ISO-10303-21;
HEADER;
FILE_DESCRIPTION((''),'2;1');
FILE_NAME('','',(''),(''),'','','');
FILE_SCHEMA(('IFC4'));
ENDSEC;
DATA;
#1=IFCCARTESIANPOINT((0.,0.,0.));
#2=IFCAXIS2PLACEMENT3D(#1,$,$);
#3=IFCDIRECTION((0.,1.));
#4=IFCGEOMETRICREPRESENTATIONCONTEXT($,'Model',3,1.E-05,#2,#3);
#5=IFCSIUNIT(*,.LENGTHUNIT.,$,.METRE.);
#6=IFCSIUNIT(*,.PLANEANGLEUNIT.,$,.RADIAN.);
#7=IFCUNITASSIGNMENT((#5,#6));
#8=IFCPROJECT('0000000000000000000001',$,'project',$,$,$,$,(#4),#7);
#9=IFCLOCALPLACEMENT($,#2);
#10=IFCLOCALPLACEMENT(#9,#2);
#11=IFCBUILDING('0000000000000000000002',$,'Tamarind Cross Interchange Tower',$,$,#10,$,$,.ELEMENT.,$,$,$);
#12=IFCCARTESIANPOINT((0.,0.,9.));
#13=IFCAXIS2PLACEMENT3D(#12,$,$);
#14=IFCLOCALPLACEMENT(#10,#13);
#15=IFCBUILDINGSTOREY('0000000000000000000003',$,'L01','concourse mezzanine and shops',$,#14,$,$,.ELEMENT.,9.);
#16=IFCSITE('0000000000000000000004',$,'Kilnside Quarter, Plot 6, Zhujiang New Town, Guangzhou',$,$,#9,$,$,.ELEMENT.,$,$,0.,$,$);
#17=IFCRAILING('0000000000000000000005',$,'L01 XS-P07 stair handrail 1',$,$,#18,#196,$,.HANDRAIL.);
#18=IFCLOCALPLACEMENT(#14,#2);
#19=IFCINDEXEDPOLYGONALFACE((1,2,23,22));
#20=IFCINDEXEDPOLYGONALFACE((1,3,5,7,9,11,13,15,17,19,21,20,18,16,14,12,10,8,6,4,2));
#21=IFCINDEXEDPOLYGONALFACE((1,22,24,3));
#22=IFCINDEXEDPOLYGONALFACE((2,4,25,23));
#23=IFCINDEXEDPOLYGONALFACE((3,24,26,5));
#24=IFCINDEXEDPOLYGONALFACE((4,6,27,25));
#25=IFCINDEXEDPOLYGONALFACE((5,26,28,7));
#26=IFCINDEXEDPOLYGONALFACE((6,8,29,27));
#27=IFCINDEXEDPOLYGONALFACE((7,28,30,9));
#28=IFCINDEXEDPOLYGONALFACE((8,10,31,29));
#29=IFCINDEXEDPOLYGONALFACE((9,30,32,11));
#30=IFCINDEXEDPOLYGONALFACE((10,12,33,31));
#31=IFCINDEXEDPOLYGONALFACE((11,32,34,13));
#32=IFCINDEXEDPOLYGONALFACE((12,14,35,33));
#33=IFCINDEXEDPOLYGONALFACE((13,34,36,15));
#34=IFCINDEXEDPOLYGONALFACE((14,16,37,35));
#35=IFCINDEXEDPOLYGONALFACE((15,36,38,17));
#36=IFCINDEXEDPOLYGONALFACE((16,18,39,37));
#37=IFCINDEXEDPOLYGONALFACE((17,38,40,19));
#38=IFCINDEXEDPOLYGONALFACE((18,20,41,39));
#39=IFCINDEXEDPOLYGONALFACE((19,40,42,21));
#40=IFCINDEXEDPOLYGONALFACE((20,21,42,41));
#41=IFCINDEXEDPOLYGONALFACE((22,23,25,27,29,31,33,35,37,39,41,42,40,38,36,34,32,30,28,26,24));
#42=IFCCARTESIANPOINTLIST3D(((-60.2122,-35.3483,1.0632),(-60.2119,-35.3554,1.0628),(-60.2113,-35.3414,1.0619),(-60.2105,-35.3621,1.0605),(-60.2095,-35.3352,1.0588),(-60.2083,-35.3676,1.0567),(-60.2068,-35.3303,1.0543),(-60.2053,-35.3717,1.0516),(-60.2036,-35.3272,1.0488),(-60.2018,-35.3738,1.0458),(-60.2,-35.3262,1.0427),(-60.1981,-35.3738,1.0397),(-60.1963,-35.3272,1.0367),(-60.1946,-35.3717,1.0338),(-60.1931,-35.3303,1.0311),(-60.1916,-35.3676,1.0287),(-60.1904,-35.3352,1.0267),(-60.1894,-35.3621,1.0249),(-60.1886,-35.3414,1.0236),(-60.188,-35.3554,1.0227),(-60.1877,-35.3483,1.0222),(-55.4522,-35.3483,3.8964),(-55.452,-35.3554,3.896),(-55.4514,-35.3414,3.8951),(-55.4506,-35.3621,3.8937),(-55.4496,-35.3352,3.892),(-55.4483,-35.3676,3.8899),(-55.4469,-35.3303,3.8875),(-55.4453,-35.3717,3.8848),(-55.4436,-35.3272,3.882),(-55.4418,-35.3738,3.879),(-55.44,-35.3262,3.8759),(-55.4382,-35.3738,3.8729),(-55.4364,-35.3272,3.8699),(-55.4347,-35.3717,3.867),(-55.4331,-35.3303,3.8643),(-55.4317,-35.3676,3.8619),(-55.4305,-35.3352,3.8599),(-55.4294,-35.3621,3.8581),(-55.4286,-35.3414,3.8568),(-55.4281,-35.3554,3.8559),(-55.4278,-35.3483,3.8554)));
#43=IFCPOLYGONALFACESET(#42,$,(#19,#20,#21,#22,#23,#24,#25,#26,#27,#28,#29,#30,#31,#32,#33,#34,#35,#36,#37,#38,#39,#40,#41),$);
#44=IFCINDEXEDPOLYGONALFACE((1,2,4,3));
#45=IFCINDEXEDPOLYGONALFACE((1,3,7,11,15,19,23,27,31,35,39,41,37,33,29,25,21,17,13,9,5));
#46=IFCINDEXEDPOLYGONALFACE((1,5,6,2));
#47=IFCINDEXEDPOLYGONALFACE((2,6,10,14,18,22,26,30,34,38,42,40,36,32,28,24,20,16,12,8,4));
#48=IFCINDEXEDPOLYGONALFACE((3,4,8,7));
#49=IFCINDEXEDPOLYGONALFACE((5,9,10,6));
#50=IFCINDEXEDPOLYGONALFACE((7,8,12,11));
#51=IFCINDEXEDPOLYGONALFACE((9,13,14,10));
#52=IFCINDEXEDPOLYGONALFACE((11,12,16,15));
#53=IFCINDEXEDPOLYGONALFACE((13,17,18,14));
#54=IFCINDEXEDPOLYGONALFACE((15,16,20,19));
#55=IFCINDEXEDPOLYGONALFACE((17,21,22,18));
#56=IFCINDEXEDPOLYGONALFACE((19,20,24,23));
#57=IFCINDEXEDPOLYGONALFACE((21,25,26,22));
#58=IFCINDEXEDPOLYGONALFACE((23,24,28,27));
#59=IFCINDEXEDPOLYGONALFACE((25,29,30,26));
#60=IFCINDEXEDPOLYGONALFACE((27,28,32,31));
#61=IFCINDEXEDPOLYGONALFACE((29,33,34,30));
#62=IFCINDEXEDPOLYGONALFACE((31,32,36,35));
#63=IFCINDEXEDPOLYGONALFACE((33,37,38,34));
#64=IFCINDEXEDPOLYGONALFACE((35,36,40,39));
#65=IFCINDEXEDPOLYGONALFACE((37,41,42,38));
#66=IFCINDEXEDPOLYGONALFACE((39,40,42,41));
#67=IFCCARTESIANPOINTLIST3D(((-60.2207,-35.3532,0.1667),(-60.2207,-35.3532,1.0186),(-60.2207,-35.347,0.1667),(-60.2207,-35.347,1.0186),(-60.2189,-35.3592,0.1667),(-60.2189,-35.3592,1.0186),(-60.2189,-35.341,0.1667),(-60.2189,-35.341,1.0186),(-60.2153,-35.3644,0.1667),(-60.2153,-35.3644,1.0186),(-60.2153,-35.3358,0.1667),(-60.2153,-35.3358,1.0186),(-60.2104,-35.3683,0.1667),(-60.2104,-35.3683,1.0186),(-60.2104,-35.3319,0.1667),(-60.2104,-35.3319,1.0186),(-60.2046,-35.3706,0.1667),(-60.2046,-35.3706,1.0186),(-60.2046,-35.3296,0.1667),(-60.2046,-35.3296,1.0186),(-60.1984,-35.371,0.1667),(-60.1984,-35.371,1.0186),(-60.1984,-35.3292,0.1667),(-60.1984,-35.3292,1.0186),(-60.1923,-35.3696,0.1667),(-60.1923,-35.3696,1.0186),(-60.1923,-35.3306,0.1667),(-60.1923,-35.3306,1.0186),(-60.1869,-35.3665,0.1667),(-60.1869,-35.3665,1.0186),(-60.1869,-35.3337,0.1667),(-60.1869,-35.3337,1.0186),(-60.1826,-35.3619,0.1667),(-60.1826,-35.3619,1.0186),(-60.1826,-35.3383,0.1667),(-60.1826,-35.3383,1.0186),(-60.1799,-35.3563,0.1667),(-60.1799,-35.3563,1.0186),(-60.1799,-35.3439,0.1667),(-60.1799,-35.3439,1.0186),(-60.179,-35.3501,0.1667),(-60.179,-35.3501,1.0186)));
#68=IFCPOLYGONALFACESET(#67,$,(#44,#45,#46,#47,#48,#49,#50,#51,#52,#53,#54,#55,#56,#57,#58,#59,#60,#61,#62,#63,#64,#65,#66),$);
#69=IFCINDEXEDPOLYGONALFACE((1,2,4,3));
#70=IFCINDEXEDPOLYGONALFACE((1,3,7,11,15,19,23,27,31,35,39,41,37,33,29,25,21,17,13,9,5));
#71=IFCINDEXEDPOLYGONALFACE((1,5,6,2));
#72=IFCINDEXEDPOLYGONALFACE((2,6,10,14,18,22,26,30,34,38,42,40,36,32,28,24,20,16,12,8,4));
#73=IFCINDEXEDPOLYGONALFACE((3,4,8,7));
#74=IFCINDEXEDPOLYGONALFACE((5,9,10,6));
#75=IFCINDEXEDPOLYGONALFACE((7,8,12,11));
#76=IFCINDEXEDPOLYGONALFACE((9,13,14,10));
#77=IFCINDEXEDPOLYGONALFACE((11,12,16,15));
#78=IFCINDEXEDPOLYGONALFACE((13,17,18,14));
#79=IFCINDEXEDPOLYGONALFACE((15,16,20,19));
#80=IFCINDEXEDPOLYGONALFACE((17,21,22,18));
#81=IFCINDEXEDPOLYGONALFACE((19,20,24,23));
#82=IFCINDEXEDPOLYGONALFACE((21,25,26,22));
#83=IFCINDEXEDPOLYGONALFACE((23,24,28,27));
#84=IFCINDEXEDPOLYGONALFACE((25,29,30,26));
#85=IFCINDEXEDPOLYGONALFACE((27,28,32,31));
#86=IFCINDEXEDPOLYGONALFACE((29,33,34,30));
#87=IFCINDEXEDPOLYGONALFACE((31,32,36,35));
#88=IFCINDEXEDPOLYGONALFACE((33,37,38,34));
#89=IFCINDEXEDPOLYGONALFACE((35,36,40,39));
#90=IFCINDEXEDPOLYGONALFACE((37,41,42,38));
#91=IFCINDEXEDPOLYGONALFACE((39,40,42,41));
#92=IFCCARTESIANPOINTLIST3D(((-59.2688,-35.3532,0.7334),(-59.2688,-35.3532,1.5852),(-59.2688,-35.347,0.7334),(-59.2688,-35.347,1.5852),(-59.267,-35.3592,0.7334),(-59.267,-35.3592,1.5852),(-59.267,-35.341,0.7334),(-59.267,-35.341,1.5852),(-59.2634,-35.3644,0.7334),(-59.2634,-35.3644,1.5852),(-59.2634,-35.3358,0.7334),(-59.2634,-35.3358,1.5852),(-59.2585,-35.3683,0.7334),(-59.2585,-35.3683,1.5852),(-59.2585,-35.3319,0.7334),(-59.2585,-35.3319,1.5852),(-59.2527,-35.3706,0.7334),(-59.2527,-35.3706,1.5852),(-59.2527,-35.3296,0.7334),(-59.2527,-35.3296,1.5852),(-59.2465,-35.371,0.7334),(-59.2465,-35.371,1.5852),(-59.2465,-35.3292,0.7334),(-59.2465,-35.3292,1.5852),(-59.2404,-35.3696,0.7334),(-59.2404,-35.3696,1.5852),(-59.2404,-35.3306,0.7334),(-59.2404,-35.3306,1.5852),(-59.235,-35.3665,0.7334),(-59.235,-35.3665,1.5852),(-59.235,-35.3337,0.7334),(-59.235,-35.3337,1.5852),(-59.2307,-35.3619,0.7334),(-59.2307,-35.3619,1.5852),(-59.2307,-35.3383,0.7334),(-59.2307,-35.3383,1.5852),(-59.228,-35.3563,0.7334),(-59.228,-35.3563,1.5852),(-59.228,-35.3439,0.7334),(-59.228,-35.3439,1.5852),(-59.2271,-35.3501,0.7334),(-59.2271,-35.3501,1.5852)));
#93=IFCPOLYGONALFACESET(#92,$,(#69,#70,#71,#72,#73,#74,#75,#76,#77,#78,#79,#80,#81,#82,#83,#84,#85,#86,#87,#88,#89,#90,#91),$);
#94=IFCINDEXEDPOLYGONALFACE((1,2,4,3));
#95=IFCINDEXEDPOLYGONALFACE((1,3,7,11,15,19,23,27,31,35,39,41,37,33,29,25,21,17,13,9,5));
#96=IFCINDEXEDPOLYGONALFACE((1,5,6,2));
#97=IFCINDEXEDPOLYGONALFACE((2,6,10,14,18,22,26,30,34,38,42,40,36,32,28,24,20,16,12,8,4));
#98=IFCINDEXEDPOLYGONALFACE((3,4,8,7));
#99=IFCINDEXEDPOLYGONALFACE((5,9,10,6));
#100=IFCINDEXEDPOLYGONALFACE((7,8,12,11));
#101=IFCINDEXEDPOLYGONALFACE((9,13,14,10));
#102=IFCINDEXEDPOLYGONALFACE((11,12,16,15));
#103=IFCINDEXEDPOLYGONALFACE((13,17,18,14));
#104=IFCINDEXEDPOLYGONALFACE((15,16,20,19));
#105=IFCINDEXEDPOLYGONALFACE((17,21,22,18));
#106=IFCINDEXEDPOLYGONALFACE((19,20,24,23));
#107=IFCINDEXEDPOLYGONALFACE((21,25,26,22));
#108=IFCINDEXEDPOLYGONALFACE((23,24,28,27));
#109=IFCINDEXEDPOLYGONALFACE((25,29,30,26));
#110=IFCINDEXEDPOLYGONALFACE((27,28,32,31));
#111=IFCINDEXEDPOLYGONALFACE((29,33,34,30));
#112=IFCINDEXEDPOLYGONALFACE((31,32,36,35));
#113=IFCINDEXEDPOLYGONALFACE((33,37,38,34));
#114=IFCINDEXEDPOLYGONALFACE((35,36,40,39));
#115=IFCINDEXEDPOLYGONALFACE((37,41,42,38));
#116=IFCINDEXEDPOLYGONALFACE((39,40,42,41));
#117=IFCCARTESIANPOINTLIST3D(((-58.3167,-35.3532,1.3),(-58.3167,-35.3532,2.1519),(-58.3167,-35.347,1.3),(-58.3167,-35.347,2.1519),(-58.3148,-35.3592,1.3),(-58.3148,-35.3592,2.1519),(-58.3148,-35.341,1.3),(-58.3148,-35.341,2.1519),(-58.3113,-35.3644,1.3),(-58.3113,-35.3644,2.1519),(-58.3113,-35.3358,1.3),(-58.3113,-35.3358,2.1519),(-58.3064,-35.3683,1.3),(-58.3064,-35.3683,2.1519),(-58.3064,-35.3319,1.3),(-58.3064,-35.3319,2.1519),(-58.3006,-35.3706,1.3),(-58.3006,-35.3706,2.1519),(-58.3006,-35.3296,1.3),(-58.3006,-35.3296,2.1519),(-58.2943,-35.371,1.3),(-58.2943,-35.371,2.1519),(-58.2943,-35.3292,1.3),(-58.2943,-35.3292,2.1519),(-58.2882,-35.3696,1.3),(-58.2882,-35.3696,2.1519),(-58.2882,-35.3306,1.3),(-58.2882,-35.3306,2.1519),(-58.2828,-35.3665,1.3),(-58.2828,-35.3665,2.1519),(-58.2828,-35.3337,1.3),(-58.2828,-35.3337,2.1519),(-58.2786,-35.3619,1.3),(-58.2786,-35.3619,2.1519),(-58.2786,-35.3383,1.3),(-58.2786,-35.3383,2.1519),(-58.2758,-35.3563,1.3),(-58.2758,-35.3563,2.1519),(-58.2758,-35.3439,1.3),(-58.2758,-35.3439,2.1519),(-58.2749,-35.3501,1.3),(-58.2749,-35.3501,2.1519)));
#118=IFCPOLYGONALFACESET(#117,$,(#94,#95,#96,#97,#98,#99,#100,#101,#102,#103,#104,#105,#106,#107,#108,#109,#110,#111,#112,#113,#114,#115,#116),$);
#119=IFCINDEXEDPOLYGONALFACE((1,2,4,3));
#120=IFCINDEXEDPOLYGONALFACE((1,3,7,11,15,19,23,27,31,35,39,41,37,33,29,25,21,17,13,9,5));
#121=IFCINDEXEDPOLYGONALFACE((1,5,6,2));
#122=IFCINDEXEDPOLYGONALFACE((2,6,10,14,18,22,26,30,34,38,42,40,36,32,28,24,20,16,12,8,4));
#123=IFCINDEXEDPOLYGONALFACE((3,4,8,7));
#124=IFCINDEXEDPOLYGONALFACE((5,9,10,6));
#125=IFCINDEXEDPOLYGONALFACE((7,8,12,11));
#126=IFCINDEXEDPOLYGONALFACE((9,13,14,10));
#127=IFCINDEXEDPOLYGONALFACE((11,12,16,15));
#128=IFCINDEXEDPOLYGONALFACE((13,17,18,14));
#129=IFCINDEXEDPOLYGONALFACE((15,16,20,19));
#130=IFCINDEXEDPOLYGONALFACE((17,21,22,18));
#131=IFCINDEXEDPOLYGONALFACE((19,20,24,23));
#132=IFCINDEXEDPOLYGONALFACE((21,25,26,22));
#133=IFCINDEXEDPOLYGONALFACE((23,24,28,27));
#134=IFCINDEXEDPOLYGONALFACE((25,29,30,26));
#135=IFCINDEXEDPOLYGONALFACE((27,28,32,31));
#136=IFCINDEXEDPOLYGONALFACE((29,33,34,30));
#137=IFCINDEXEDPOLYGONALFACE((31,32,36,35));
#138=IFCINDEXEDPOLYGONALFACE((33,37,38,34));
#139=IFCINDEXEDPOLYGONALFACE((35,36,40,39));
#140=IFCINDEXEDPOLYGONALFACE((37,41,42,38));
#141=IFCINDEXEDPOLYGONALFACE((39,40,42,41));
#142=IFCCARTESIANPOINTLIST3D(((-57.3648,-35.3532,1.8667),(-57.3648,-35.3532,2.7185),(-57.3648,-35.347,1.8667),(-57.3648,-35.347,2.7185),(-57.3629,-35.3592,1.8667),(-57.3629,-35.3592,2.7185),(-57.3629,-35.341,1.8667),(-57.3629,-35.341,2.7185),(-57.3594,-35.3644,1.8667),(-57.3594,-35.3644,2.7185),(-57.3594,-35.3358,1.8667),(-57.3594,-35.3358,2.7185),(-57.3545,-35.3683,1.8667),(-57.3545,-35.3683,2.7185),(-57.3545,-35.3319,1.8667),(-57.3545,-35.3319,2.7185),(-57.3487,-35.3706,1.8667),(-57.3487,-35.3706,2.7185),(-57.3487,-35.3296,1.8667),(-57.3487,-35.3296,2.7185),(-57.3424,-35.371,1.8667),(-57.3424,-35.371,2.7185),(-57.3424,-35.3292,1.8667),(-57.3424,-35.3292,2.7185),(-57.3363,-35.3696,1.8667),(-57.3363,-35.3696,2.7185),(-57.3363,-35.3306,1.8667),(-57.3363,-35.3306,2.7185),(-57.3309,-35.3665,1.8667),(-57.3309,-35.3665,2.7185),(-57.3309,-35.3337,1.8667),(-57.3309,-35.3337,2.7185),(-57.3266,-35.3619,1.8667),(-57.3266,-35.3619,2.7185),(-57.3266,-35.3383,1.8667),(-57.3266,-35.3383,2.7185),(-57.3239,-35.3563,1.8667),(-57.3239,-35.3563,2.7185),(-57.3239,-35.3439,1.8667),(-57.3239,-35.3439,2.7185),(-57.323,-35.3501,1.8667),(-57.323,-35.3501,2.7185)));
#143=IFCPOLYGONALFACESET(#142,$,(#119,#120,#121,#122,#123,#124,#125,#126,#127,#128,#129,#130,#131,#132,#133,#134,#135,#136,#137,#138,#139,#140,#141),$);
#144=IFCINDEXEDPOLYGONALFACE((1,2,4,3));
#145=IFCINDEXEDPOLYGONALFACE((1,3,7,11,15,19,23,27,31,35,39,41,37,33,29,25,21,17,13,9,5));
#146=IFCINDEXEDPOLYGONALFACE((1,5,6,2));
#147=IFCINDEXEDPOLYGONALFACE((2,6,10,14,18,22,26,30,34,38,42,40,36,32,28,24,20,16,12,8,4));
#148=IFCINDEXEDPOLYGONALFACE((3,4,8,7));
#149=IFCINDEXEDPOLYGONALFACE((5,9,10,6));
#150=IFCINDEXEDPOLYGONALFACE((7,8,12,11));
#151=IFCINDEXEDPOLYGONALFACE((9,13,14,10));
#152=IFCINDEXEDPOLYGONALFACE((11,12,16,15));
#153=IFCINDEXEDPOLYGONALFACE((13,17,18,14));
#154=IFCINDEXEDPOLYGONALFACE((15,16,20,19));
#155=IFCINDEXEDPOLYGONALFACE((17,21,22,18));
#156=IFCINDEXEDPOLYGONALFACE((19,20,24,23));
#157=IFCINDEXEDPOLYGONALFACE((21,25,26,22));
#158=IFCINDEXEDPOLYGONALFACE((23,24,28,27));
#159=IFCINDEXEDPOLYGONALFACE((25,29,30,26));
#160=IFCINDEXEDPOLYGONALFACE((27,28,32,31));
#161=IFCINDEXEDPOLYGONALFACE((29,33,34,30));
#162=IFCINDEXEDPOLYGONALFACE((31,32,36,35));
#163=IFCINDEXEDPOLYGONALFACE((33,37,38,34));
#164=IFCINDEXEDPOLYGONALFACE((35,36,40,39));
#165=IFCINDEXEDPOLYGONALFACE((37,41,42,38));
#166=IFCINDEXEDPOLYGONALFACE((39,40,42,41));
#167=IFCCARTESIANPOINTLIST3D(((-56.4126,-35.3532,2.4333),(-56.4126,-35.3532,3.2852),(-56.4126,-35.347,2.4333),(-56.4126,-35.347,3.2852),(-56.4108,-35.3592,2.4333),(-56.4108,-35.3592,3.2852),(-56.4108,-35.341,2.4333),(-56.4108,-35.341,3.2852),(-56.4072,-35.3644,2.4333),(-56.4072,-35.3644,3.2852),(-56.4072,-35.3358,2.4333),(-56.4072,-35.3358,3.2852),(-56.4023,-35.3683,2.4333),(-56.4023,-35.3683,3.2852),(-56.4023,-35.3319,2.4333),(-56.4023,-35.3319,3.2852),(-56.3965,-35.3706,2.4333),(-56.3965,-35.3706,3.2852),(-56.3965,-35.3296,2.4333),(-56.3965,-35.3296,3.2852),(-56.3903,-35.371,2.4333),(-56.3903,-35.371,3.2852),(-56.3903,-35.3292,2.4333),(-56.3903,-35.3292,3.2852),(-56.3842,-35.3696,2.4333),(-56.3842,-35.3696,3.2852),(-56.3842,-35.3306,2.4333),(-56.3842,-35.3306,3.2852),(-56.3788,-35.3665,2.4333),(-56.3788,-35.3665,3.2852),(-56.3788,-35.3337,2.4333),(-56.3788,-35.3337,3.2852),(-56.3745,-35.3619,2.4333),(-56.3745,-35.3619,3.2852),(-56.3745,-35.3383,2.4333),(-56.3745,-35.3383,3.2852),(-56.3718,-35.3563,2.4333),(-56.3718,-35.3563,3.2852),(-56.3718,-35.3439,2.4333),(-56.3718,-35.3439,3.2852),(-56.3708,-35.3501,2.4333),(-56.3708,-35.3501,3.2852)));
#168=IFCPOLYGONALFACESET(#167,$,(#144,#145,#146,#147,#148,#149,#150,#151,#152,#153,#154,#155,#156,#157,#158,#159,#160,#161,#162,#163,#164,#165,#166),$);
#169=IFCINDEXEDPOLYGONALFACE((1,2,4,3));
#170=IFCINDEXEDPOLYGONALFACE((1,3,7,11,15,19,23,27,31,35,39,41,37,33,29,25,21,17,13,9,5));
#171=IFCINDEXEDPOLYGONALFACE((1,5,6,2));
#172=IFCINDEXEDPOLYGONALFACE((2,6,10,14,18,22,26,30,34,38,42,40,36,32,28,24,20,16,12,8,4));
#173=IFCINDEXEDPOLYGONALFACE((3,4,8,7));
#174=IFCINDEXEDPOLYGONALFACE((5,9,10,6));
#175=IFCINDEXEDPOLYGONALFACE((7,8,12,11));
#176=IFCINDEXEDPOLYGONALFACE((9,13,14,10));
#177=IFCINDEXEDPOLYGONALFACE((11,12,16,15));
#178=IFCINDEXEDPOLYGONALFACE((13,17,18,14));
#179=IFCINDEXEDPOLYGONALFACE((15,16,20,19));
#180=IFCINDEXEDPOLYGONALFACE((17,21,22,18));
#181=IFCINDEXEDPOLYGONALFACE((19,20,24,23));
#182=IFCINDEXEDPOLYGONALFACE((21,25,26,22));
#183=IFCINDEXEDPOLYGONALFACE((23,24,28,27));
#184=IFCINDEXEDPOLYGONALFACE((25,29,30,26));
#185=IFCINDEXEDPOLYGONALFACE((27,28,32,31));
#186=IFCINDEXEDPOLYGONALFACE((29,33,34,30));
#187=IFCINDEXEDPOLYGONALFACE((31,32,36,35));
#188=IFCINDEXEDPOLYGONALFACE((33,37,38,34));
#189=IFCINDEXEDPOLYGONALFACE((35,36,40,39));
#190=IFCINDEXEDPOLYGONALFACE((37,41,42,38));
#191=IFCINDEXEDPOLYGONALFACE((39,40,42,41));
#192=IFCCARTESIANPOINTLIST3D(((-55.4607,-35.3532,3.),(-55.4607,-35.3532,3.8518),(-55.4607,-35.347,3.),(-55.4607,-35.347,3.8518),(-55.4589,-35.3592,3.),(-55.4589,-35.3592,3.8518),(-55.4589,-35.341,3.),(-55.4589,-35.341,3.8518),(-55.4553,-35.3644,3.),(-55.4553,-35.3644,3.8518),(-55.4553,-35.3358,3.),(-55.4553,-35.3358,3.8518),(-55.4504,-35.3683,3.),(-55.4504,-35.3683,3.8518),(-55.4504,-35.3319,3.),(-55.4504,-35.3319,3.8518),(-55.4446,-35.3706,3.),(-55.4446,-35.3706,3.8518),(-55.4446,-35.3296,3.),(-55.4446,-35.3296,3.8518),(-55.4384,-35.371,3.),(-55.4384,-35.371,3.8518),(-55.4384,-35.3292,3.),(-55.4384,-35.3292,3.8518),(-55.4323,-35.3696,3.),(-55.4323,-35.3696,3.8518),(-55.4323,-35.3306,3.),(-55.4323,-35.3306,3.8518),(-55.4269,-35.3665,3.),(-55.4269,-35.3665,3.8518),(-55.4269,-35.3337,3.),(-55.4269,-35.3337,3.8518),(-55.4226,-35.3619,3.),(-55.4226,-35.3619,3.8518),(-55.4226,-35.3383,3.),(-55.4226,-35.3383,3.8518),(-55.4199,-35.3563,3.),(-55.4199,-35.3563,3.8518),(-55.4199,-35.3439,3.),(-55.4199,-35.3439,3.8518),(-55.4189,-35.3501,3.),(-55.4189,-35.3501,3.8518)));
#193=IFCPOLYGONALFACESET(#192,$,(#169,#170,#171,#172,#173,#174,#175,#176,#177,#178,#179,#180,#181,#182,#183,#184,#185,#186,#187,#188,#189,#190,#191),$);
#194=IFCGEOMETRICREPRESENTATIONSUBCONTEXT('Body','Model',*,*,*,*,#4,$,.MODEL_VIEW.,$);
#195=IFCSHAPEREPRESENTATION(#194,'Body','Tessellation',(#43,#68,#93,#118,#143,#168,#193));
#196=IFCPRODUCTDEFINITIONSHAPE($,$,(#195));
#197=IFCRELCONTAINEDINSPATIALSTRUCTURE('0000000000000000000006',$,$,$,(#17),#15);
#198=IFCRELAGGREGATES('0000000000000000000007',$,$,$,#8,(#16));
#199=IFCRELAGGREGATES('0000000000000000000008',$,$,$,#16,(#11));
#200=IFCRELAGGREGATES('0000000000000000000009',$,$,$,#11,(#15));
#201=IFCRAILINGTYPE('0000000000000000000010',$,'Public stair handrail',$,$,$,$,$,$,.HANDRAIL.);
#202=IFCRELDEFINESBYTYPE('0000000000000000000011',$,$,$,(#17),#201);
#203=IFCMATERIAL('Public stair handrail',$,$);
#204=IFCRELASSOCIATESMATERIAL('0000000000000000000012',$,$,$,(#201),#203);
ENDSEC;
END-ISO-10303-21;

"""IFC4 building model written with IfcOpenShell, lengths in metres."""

from ifc_helpers import new_model, si_unit, direction, frame, origin, origin_2d, place, context, subcontext, project, spatial, circle, extrude, material, type_object, element, save


model = new_model("IFC4")

# Units and contexts
model_context = context("Model", 3, precision=1e-05, world=origin(), true_north=direction((0.0, 1.0)))
body_context = subcontext(model_context, "Body", "Model", "MODEL_VIEW")
ifc_project = project(units=[si_unit("LENGTHUNIT", "METRE"), si_unit("PLANEANGLEUNIT", "RADIAN")], contexts=[model_context])

# Site, building, storey
site_placement = place(None, origin())
site = spatial("IfcSite", under=ifc_project, at=site_placement, Name="Kilnside Quarter, Plot 6, Zhujiang New Town, Guangzhou", CompositionType="ELEMENT", RefElevation=0.0)
building_placement = place(site_placement, origin())
building = spatial("IfcBuilding", under=site, at=building_placement, Name="Tamarind Cross Interchange Tower", CompositionType="ELEMENT")
storey_placement = place(building_placement, frame((0.0, 0.0, 9.0)))
storey = spatial("IfcBuildingStorey", under=building, at=storey_placement, Name="L01", Description="concourse mezzanine and shops", CompositionType="ELEMENT", Elevation=9.0)

# Railing
ifc_material_1 = material(Name="Public stair handrail")
railing_type_1 = type_object("IfcRailingType", Name="Public stair handrail", PredefinedType="HANDRAIL", material=ifc_material_1)
railing_1_placement = place(storey_placement, frame((-60.2, -35.3501, 0.1667)))
element("IfcRailing", 1, at=railing_1_placement, inside=storey, type_object=railing_type_1, Name="L01 XS-P07 stair handrail 1", PredefinedType="HANDRAIL", context=body_context, shape_type="SweptSolid", body=[
    extrude(circle(Radius=0.0239, at=origin_2d()), frame((0.0, 0.0, 0.876), z_axis=(0.8593, 0.0, 0.511472), x_axis=(0.0, 1.0, 0.0)), (0.0, 0.0, 1.0), 5.5393),
    extrude(circle(Radius=0.021, at=origin_2d()), origin(), (0.0, 0.0, 1.0), 0.8518),
    extrude(circle(Radius=0.021, at=origin_2d()), frame((0.9519, 0.0, 0.5667)), (0.0, 0.0, 1.0), 0.8518),
    extrude(circle(Radius=0.021, at=origin_2d()), frame((1.9041, 0.0, 1.1333)), (0.0, 0.0, 1.0), 0.8518),
    extrude(circle(Radius=0.021, at=origin_2d()), frame((2.856, 0.0, 1.7)), (0.0, 0.0, 1.0), 0.8518),
    extrude(circle(Radius=0.021, at=origin_2d()), frame((3.8081, 0.0, 2.2666)), (0.0, 0.0, 1.0), 0.8518),
    extrude(circle(Radius=0.021, at=origin_2d()), frame((4.76, 0.0, 2.8333)), (0.0, 0.0, 1.0), 0.8518),
])

save(model, "model.ifc")
